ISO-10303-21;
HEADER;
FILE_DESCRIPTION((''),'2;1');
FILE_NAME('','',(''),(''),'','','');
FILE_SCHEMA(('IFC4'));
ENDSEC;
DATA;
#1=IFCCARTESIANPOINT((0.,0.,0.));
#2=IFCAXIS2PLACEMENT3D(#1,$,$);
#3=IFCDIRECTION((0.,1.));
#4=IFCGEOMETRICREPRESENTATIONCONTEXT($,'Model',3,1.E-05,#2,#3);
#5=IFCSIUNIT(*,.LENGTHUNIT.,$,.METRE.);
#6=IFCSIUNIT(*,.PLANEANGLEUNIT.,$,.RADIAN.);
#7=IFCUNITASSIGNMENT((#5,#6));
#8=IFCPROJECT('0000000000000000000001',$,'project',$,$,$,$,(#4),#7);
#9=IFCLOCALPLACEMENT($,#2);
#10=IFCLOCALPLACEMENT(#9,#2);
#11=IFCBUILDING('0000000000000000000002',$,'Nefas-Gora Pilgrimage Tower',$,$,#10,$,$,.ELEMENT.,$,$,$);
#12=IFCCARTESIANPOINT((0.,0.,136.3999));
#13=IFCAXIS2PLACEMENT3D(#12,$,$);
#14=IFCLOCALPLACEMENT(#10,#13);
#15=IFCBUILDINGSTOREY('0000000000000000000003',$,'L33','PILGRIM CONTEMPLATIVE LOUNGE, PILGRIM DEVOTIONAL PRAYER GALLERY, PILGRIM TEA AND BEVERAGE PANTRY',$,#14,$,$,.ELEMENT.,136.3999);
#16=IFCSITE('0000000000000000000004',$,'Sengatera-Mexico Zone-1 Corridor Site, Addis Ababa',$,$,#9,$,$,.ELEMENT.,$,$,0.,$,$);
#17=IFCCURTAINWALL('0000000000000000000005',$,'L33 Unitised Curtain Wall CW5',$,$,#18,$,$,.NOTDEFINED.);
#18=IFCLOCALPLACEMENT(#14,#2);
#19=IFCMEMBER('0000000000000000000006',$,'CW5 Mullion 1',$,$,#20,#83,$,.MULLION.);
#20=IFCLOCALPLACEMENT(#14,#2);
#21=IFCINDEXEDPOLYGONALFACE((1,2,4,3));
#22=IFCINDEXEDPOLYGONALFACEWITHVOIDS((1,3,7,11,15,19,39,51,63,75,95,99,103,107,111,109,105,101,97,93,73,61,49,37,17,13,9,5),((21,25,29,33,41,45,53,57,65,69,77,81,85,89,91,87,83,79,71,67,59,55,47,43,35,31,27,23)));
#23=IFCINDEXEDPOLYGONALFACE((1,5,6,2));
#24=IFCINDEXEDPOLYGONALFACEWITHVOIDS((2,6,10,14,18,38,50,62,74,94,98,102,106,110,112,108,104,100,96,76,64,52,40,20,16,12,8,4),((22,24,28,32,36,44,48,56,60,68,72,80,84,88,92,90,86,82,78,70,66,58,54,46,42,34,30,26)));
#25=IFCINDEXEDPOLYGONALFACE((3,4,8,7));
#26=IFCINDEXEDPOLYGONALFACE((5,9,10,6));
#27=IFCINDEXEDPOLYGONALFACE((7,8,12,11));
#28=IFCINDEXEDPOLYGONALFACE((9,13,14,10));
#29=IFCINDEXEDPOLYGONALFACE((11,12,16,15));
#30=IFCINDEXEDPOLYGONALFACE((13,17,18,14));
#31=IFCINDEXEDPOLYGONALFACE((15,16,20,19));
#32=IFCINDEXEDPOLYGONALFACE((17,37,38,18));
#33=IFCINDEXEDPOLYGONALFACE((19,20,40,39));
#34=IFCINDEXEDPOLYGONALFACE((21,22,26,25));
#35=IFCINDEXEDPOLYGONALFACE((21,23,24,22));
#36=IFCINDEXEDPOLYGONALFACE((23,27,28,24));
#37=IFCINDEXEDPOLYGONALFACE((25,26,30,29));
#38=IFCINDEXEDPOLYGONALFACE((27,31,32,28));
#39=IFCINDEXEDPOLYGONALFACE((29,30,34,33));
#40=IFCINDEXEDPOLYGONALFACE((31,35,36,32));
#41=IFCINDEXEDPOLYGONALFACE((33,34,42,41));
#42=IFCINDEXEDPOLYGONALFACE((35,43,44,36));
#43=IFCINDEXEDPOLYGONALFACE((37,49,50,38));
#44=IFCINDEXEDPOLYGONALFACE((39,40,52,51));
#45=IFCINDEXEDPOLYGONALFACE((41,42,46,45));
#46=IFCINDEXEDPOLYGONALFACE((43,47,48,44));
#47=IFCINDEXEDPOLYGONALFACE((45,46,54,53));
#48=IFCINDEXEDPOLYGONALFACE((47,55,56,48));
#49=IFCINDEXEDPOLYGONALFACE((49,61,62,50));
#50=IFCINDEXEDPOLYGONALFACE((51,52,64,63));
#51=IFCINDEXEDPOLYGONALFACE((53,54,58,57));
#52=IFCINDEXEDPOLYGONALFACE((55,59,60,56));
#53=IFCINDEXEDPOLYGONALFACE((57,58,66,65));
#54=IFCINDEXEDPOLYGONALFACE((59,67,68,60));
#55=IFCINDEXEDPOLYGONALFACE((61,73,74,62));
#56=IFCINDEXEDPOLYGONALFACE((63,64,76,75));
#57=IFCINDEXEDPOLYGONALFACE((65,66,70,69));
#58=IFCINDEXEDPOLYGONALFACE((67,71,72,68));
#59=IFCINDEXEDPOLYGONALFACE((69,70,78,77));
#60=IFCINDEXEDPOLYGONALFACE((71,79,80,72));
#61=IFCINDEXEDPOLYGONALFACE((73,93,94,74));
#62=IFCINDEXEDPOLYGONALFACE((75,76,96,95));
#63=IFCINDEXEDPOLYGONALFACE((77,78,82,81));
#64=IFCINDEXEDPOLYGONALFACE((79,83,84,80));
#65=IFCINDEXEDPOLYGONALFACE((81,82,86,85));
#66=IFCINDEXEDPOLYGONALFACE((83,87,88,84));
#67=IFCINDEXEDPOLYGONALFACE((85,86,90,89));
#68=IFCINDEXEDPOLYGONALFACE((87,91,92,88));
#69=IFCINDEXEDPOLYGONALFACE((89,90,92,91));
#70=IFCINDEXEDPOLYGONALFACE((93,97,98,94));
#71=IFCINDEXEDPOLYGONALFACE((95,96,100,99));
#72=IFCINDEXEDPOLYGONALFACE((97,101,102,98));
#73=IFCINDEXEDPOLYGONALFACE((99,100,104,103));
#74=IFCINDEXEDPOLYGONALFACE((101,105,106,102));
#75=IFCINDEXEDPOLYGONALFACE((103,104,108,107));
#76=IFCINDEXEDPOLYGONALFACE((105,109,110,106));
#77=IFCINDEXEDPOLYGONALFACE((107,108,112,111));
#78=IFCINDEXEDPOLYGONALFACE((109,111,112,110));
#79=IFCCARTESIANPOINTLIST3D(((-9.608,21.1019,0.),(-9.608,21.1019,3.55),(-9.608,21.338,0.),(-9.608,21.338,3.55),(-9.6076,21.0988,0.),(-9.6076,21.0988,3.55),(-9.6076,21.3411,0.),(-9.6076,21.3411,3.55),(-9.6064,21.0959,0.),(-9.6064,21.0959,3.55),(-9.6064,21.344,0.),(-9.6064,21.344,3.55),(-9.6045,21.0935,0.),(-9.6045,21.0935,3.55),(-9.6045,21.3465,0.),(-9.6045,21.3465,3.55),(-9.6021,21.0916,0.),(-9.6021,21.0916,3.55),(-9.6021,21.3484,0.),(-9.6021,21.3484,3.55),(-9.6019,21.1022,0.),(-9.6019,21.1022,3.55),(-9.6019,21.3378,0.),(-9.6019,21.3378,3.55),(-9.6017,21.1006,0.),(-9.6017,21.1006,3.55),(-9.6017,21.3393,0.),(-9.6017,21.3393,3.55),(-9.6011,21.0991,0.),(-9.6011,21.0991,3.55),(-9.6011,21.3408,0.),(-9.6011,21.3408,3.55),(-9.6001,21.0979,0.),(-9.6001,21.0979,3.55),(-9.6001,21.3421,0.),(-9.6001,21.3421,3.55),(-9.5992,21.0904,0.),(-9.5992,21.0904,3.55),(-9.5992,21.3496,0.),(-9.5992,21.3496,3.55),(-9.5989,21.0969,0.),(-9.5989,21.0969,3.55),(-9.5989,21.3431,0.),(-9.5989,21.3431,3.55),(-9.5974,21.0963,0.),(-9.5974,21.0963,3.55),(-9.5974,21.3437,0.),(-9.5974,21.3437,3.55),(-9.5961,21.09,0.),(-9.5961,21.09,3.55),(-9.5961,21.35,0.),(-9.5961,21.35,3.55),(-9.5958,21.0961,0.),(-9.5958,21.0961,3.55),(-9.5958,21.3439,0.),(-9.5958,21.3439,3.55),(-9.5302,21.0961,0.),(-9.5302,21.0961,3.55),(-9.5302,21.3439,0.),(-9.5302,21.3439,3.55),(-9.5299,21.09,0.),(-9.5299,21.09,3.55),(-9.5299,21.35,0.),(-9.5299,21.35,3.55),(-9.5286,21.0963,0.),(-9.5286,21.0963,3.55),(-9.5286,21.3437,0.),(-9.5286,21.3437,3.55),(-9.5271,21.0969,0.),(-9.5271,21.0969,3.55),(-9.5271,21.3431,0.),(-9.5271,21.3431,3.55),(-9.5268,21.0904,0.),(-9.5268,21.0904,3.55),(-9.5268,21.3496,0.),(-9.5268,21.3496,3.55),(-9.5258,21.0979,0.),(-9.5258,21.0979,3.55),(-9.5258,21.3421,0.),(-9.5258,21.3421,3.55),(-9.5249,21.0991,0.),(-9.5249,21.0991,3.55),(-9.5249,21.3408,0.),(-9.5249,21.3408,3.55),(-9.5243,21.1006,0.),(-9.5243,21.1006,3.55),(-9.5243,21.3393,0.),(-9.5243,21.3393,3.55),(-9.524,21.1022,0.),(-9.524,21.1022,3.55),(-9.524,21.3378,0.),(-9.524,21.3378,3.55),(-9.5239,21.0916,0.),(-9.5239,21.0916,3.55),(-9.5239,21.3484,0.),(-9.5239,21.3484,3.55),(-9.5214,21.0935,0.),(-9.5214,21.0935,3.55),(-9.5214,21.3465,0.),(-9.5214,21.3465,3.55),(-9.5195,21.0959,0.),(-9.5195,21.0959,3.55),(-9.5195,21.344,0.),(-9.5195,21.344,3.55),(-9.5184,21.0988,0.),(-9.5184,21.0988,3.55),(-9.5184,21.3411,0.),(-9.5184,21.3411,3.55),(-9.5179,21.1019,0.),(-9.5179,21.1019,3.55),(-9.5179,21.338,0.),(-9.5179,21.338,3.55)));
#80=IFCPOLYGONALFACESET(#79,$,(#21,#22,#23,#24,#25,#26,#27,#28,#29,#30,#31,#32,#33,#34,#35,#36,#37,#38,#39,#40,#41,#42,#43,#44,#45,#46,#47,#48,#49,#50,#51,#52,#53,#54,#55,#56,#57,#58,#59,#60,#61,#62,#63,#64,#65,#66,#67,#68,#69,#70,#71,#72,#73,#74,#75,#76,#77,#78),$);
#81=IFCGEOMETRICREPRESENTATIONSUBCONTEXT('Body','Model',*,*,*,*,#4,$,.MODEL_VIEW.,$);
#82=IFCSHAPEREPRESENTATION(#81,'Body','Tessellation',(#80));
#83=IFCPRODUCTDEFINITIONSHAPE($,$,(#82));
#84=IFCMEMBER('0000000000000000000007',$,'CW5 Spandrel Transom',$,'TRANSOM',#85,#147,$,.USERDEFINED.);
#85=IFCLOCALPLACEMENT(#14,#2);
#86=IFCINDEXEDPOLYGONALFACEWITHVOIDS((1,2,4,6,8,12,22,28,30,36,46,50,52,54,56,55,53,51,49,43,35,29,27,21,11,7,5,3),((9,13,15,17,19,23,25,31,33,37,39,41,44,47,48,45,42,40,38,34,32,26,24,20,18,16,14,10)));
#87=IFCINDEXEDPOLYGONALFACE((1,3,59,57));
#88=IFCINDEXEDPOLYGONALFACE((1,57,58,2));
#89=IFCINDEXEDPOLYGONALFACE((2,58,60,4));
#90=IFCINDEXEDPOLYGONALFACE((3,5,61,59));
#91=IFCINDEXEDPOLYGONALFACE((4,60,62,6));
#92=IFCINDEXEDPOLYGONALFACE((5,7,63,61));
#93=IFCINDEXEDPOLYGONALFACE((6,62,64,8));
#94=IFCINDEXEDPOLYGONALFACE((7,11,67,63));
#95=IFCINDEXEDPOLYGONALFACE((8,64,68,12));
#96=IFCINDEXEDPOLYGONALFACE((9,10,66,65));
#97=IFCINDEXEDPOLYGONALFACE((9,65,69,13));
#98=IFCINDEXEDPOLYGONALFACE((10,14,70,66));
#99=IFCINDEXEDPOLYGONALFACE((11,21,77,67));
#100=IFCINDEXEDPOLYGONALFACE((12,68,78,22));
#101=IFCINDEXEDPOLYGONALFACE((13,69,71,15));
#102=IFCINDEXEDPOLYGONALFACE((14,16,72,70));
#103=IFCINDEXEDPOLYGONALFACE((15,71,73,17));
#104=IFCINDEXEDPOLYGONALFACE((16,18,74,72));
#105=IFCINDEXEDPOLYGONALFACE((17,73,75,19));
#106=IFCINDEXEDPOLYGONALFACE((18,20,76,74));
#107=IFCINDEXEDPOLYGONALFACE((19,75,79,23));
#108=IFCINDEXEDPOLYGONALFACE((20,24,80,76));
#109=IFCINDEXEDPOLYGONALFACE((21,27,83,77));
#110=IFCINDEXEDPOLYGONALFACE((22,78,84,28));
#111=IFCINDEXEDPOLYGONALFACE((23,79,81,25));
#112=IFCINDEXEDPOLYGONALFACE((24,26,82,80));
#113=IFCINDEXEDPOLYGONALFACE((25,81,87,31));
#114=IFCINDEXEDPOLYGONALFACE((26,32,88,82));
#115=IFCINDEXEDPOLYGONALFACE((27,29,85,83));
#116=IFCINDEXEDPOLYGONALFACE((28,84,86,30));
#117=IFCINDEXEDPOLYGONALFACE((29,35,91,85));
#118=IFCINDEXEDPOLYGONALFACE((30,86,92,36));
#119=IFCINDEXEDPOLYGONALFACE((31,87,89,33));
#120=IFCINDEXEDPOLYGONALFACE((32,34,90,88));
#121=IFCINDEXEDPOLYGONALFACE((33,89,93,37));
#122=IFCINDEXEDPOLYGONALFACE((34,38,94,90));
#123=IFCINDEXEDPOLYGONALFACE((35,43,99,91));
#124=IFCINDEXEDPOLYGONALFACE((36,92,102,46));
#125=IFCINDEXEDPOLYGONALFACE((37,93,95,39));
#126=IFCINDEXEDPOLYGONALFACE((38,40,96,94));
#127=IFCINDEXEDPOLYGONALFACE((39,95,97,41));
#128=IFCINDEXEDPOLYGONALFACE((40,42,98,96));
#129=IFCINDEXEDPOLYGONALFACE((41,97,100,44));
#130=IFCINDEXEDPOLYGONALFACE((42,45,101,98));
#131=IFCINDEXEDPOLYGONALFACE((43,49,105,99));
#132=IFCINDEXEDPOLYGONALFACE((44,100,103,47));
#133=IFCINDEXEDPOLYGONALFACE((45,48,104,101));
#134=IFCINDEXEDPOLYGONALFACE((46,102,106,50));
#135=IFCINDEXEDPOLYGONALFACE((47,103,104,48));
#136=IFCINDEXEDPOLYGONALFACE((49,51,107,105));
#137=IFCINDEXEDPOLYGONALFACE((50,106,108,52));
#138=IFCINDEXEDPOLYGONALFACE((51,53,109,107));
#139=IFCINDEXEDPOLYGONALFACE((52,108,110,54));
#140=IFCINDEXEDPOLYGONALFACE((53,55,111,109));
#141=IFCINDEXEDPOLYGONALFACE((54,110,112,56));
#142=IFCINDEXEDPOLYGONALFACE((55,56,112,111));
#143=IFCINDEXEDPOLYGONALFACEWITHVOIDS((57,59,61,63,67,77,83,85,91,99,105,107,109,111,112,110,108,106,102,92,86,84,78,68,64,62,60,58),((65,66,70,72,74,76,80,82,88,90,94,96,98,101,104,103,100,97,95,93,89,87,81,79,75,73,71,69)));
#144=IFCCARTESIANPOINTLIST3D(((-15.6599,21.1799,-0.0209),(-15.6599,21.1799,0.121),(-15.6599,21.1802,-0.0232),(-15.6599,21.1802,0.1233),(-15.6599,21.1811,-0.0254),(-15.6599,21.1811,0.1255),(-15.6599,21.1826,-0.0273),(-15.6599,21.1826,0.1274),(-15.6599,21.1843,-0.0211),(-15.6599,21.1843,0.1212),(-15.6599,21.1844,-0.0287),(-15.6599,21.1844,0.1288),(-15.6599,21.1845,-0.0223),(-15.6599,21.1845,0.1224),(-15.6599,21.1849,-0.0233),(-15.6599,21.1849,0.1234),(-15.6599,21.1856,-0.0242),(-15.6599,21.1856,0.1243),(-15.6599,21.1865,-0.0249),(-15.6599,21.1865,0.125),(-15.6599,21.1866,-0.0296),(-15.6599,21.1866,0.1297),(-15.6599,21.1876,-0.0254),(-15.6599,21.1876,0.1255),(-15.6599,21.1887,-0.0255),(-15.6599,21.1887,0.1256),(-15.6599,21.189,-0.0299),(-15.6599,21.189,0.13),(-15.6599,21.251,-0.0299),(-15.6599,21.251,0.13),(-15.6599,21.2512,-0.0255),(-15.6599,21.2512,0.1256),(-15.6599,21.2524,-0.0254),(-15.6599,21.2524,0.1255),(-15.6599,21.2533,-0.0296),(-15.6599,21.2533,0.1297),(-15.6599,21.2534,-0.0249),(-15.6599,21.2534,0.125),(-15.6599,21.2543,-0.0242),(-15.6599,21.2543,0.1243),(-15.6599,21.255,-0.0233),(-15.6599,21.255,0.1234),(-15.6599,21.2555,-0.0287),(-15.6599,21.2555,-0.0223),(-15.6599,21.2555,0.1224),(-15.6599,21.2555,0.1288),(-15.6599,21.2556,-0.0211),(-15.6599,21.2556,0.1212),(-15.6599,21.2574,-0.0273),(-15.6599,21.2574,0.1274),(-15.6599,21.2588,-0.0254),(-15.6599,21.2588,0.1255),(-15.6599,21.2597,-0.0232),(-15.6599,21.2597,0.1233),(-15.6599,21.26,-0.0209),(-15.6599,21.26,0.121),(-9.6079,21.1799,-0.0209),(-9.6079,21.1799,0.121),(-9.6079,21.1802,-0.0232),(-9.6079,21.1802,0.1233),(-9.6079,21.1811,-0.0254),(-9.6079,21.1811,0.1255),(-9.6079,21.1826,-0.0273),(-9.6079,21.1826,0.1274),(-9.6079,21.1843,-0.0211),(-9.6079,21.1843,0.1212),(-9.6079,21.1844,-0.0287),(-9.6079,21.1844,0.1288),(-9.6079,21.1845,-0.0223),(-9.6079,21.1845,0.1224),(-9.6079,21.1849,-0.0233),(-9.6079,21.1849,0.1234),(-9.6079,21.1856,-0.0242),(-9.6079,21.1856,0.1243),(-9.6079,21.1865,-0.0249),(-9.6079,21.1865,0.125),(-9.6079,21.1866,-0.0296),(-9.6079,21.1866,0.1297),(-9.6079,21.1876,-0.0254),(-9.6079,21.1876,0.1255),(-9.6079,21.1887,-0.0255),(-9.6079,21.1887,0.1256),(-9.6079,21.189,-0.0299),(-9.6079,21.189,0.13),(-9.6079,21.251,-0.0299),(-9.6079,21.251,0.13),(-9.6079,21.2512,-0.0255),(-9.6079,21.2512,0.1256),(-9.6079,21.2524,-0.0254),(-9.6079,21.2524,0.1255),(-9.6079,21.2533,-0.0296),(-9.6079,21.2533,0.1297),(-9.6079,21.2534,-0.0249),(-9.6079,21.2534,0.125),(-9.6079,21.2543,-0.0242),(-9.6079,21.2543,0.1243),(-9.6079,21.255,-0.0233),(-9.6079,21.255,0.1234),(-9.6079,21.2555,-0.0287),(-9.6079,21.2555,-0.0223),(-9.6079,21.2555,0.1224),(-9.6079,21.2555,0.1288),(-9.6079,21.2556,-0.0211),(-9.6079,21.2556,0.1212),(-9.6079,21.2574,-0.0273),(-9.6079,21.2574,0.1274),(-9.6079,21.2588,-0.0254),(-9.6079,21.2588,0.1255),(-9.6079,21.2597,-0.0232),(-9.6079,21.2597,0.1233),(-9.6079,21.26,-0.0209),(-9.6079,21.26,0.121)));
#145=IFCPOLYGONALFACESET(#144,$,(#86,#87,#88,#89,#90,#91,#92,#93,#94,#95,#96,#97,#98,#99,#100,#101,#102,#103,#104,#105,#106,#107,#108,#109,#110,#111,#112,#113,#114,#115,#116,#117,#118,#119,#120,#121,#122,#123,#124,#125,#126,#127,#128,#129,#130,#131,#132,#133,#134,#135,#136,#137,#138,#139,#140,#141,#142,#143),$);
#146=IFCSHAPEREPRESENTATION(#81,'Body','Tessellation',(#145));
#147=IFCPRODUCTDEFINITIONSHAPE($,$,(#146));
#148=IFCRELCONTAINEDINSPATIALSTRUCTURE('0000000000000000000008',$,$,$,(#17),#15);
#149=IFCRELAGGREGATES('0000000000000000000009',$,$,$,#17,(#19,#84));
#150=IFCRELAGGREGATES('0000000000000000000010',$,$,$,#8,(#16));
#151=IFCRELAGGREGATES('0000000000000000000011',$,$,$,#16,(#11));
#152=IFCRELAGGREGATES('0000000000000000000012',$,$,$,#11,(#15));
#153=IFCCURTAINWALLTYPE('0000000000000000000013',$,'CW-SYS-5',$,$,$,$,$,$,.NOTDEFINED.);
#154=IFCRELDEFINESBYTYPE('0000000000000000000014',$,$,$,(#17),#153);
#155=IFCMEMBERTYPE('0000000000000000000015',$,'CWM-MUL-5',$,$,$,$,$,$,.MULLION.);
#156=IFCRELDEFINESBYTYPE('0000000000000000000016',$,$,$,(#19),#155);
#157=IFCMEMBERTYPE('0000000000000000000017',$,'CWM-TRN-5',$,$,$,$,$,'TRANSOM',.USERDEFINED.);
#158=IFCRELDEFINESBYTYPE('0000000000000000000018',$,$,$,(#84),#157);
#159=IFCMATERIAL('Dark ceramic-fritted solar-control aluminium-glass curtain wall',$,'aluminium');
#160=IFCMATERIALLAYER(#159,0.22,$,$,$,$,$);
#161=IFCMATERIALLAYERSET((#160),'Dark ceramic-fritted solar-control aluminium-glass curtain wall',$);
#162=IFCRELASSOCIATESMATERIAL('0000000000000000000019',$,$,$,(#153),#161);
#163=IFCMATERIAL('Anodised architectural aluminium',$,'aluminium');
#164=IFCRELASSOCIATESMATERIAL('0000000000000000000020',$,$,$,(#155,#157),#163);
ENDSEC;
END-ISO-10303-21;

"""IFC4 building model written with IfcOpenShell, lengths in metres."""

from ifc_helpers import new_model, si_unit, direction, frame, origin, origin_2d, place, context, subcontext, project, spatial, hollow_rectangle, extrude, source, transform, mapped, material, layer, layer_set, material_profile, profile_set, type_object, element, aggregate, save


model = new_model("IFC4")

# Units and contexts
model_context = context("Model", 3, precision=1e-05, world=origin(), true_north=direction((0.0, 1.0)))
body_context = subcontext(model_context, "Body", "Model", "MODEL_VIEW")
ifc_project = project(units=[si_unit("LENGTHUNIT", "METRE"), si_unit("PLANEANGLEUNIT", "RADIAN")], contexts=[model_context])

# Site, building, storey
site_placement = place(None, origin())
site = spatial("IfcSite", under=ifc_project, at=site_placement, Name="Sengatera-Mexico Zone-1 Corridor Site, Addis Ababa", CompositionType="ELEMENT", RefElevation=0.0)
building_placement = place(site_placement, origin())
building = spatial("IfcBuilding", under=site, at=building_placement, Name="Nefas-Gora Pilgrimage Tower", CompositionType="ELEMENT")
storey_placement = place(building_placement, frame((0.0, 0.0, 136.3999)))
storey = spatial("IfcBuildingStorey", under=building, at=storey_placement, Name="L33", Description="PILGRIM CONTEMPLATIVE LOUNGE, PILGRIM DEVOTIONAL PRAYER GALLERY, PILGRIM TEA AND BEVERAGE PANTRY", CompositionType="ELEMENT", Elevation=136.3999)

# Curtain wall, members
ifc_material_1 = material(Name="Dark ceramic-fritted solar-control aluminium-glass curtain wall", Category="aluminium")
ifc_layer_1 = layer(ifc_material_1, 0.22)
ifc_layer_set_1 = layer_set([ifc_layer_1], Name="Dark ceramic-fritted solar-control aluminium-glass curtain wall")
curtain_wall_type = type_object("IfcCurtainWallType", Name="CW-SYS-5", PredefinedType="NOTDEFINED", material=ifc_layer_set_1)
ifc_material_2 = material(Name="Anodised architectural aluminium", Category="aluminium")
ifc_material_profile_1 = material_profile(ifc_material_2, hollow_rectangle(XDim=0.0901, YDim=0.26, WallThickness=0.0061, InnerFilletRadius=0.0061, OuterFilletRadius=0.012, at=origin_2d()), Name="ALU MULLION 90x260")
ifc_profile_set_1 = profile_set([ifc_material_profile_1], Name="Anodised architectural aluminium")
member_type_1 = type_object("IfcMemberType", Name="CWM-MUL-5", PredefinedType="MULLION", material=ifc_profile_set_1)
shared_shape_1 = source(origin(), body_context, "Body", "SweptSolid", [
    extrude(hollow_rectangle(XDim=0.0901, YDim=0.26, WallThickness=0.0061, InnerFilletRadius=0.0061, OuterFilletRadius=0.012, at=origin_2d()), origin(), (0.0, 0.0, 1.0), 3.55),
])
curtain_wall_1_placement = place(storey_placement, origin())
curtain_wall_1 = element("IfcCurtainWall", 1, at=curtain_wall_1_placement, inside=storey, type_object=curtain_wall_type, Name="L33 Unitised Curtain Wall CW5", PredefinedType="NOTDEFINED")
member_1_placement = place(storey_placement, frame((-9.563, 21.22, 0.0), z_axis=(0.0, 0.0, 1.0), x_axis=(-1.0, 0.0, 0.0)))
member_1 = element("IfcMember", 2, at=member_1_placement, type_object=member_type_1, Name="CW5 Mullion 1", PredefinedType="MULLION", context=body_context, shape_type="MappedRepresentation", body=[
    mapped(shared_shape_1, transform((0.0, 0.0, 0.0), x_axis=(1.0, 0.0, 0.0), y_axis=(0.0, 1.0, 0.0), z_axis=(0.0, 0.0, 1.0), scale=1.0)),
])
ifc_material_profile_2 = material_profile(ifc_material_2, hollow_rectangle(XDim=0.0801, YDim=0.1599, WallThickness=0.0044, InnerFilletRadius=0.0044, OuterFilletRadius=0.009, at=origin_2d()), Name="ALU TRANSOM 80x160")
ifc_profile_set_2 = profile_set([ifc_material_profile_2], Name="Anodised architectural aluminium")
member_type_2 = type_object("IfcMemberType", Name="CWM-TRN-5", ElementType="TRANSOM", PredefinedType="USERDEFINED", material=ifc_profile_set_2)
shared_shape_2 = source(origin(), body_context, "Body", "SweptSolid", [
    extrude(hollow_rectangle(XDim=0.0801, YDim=0.1599, WallThickness=0.0044, InnerFilletRadius=0.0044, OuterFilletRadius=0.009, at=origin_2d()), origin(), (0.0, 0.0, 1.0), 6.052),
])
member_2_placement = place(storey_placement, frame((-9.6079, 21.22, 0.05), z_axis=(-1.0, 0.0, 0.0), x_axis=(0.0, -1.0, 0.0)))
member_2 = element("IfcMember", 3, at=member_2_placement, type_object=member_type_2, Name="CW5 Spandrel Transom", ObjectType="TRANSOM", PredefinedType="USERDEFINED", context=body_context, shape_type="MappedRepresentation", body=[
    mapped(shared_shape_2, transform((0.0, 0.0, 0.0), x_axis=(1.0, 0.0, 0.0), y_axis=(0.0, 1.0, 0.0), z_axis=(0.0, 0.0, 1.0), scale=1.0)),
])
aggregate(curtain_wall_1, [member_1, member_2])

save(model, "model.ifc")
